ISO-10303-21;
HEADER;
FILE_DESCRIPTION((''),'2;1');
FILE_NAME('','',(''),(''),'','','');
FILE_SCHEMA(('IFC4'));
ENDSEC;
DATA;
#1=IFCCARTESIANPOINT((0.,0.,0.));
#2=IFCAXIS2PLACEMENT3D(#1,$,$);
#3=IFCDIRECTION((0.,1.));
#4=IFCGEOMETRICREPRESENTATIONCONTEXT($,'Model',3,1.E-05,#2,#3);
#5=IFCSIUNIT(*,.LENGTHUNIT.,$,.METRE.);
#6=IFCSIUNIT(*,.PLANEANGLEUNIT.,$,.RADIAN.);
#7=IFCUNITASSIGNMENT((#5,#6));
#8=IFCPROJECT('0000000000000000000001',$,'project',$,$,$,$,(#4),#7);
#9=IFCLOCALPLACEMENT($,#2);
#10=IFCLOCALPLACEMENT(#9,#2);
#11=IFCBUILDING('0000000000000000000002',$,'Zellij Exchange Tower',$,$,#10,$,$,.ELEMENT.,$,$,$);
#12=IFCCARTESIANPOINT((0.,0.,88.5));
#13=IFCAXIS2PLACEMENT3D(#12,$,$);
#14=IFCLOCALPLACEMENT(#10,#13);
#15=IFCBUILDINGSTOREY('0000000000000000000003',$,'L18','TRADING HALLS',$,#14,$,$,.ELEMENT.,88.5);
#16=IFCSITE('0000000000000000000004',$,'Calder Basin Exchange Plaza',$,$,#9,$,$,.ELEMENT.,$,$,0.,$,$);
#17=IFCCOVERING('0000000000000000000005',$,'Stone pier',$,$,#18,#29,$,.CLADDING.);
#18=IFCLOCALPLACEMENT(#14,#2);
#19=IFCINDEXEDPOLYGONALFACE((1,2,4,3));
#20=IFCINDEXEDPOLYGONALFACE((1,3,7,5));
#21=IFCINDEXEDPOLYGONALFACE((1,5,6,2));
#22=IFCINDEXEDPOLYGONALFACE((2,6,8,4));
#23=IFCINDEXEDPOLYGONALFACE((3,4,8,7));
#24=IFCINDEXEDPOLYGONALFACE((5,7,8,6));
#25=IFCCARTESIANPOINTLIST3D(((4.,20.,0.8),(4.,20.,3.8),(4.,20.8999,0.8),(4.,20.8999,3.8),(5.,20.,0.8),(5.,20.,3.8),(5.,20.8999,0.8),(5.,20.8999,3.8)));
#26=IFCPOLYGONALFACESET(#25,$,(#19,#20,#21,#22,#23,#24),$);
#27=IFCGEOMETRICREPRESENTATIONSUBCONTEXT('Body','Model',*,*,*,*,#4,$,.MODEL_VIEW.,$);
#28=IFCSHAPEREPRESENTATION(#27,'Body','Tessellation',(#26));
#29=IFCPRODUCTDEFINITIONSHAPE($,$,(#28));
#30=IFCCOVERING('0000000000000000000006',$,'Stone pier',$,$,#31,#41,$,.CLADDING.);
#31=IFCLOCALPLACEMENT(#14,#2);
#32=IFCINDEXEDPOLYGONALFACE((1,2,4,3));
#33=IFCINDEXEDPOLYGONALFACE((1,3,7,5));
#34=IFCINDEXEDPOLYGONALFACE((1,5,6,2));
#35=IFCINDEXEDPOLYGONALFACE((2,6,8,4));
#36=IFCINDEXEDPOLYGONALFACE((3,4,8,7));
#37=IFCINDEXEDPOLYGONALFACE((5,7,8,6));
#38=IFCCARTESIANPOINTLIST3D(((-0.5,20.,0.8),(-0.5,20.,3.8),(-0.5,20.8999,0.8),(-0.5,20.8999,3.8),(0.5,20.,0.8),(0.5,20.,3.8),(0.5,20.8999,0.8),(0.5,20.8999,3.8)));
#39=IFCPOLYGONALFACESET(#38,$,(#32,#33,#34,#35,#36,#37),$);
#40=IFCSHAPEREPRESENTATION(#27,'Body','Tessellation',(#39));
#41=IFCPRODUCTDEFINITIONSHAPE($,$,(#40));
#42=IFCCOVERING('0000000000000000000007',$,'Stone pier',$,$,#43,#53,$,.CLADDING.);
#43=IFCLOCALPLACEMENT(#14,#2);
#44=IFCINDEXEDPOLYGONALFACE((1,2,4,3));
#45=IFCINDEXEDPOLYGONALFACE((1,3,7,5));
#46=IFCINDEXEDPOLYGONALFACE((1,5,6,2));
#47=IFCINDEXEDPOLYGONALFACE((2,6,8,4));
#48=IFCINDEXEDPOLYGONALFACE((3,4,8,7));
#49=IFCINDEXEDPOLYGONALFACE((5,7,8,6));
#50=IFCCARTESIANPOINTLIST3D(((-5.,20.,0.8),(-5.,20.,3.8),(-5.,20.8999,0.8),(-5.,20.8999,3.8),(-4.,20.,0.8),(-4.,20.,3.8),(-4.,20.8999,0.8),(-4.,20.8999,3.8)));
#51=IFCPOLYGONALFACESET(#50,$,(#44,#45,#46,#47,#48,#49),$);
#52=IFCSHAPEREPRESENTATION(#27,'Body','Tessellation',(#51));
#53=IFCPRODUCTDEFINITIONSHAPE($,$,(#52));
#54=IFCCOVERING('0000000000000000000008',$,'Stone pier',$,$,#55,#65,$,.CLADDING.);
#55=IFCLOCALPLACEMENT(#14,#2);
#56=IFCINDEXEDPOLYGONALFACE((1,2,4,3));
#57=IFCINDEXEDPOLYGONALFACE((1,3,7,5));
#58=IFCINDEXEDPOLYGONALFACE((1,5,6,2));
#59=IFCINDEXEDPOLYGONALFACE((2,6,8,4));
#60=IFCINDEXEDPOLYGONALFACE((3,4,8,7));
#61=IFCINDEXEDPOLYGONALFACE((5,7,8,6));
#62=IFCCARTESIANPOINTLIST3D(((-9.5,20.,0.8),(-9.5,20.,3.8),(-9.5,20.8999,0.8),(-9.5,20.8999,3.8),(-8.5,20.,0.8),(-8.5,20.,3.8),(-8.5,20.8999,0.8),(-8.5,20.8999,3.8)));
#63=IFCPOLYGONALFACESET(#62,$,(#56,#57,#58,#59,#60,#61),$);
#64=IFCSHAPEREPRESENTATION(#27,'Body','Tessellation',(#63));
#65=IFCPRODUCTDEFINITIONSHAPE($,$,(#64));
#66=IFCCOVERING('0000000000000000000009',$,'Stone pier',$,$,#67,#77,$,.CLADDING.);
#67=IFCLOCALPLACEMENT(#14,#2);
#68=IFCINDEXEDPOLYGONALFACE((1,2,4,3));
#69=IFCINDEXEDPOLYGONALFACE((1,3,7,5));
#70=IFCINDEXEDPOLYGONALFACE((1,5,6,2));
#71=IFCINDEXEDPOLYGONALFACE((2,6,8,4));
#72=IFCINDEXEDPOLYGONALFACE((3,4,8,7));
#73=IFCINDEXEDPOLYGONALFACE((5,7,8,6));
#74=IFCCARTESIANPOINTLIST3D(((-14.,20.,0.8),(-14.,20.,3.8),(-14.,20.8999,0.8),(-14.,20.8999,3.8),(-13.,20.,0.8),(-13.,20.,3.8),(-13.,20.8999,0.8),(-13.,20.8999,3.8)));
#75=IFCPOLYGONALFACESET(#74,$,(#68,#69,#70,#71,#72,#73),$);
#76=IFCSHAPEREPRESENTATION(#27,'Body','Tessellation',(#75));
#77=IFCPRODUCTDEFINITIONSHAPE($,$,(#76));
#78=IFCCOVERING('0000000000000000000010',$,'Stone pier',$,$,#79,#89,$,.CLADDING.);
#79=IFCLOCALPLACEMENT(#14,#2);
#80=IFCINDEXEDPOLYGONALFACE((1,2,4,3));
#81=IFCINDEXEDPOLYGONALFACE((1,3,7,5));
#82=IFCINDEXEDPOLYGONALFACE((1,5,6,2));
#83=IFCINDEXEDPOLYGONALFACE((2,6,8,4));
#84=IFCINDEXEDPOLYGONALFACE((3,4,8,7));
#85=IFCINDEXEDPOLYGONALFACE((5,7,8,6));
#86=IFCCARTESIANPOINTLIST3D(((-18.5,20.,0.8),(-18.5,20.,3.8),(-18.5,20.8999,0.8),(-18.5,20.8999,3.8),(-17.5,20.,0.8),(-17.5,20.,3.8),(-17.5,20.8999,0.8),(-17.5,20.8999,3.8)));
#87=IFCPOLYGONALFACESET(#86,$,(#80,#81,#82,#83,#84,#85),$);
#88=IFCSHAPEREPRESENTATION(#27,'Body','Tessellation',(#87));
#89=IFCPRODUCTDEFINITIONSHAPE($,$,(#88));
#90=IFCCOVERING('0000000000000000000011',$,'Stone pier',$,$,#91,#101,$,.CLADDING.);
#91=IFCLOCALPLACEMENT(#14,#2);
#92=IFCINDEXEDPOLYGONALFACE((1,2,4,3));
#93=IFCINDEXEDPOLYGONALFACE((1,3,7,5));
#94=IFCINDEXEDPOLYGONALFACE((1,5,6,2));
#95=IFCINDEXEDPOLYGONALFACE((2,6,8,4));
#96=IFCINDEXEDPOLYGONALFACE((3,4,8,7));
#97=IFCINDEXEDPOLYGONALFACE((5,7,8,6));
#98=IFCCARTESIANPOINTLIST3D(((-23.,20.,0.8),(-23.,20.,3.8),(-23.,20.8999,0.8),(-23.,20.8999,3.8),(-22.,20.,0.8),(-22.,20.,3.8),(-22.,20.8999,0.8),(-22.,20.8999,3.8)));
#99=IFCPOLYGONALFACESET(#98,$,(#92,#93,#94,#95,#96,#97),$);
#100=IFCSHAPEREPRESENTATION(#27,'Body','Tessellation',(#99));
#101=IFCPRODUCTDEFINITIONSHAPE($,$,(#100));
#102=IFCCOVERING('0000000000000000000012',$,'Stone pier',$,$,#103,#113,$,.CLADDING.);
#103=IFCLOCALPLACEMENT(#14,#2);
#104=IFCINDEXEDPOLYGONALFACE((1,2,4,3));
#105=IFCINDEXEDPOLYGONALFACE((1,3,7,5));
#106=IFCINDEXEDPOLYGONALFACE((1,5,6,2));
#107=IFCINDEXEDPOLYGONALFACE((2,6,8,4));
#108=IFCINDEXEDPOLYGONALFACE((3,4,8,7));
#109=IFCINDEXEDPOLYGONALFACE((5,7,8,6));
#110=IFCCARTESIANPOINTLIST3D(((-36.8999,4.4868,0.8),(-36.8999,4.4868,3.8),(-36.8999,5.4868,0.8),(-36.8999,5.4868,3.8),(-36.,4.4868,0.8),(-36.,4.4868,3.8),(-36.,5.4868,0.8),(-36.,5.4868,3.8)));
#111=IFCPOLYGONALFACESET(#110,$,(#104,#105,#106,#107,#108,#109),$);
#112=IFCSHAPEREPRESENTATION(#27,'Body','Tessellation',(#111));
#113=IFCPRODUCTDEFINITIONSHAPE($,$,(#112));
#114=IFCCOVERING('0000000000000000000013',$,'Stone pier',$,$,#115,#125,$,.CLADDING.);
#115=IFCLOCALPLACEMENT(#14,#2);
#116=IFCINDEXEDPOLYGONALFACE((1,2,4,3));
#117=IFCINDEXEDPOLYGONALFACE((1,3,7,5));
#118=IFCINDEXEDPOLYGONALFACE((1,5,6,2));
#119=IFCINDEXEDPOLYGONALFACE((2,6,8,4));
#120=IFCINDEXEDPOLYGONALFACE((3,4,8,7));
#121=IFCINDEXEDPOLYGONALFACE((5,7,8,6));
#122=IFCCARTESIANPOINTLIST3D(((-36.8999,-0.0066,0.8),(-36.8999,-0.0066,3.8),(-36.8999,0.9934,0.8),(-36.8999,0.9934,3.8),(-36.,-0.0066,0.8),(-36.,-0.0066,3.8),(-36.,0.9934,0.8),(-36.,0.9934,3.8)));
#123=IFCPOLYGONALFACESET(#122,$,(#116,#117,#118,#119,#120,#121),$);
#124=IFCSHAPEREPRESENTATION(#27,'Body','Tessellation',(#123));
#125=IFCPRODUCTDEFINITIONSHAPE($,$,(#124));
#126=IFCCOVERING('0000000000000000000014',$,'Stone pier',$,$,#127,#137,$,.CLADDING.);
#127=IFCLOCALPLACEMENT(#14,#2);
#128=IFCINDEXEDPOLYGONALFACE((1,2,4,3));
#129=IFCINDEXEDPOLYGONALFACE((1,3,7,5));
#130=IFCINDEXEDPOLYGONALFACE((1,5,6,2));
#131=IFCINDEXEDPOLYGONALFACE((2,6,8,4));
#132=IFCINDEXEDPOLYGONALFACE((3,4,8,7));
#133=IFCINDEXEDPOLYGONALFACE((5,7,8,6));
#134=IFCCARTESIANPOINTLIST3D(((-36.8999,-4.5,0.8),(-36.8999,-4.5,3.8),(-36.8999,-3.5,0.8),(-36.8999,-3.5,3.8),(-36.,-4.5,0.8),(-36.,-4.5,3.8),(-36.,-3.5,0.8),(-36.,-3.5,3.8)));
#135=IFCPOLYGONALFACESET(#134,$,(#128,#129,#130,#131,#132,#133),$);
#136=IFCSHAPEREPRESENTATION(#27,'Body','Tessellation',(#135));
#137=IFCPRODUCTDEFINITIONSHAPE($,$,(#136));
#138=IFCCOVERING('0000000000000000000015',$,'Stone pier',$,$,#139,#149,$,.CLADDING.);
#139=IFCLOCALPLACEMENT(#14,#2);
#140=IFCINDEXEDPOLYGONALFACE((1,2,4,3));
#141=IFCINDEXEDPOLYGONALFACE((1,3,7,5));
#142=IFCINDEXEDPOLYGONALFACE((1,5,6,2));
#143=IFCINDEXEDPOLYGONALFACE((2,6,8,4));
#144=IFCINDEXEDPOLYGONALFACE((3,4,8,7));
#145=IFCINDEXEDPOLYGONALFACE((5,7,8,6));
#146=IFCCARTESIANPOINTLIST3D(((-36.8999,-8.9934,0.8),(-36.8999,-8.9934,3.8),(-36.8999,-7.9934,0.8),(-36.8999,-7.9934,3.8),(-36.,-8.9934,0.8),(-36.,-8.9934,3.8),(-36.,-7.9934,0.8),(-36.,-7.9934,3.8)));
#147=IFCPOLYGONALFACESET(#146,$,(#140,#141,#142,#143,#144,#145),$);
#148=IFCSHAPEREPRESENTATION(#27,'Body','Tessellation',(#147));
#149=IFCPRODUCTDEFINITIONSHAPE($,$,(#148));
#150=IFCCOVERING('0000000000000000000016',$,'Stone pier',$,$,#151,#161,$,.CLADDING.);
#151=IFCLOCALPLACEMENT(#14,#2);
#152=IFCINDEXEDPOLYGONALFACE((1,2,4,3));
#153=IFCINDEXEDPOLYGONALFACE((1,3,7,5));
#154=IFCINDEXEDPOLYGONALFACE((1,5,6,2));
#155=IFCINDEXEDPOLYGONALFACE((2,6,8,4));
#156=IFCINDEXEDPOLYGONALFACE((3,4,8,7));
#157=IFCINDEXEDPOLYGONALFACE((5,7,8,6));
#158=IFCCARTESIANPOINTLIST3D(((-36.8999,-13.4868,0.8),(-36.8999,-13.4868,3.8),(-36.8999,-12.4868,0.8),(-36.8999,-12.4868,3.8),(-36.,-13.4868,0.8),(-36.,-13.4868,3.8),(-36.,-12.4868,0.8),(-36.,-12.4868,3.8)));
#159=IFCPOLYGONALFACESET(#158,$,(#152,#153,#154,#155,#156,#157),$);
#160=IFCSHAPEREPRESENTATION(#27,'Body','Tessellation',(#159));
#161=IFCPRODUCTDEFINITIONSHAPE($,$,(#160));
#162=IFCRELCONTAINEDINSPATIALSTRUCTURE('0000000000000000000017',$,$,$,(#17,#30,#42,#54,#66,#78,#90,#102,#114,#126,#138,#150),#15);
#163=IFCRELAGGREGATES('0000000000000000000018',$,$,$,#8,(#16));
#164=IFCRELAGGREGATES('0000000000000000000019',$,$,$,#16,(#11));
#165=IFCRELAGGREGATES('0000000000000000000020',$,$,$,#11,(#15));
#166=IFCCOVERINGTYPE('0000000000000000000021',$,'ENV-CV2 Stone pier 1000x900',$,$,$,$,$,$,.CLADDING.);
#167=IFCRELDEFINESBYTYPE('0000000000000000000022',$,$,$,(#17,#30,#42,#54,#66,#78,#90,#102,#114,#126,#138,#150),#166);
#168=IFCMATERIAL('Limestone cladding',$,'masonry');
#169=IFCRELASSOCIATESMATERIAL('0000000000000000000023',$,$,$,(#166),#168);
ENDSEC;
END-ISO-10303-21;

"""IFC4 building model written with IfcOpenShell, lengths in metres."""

from ifc_helpers import new_model, si_unit, direction, frame, origin, place, context, subcontext, project, spatial, polyline, outline, extrude, material, type_object, element, save


model = new_model("IFC4")

# Units and contexts
model_context = context("Model", 3, precision=1e-05, world=origin(), true_north=direction((0.0, 1.0)))
body_context = subcontext(model_context, "Body", "Model", "MODEL_VIEW")
ifc_project = project(units=[si_unit("LENGTHUNIT", "METRE"), si_unit("PLANEANGLEUNIT", "RADIAN")], contexts=[model_context])

# Site, building, storey
site_placement = place(None, origin())
site = spatial("IfcSite", under=ifc_project, at=site_placement, Name="Calder Basin Exchange Plaza", CompositionType="ELEMENT", RefElevation=0.0)
building_placement = place(site_placement, origin())
building = spatial("IfcBuilding", under=site, at=building_placement, Name="Zellij Exchange Tower", CompositionType="ELEMENT")
storey_placement = place(building_placement, frame((0.0, 0.0, 88.5)))
storey = spatial("IfcBuildingStorey", under=building, at=storey_placement, Name="L18", Description="TRADING HALLS", CompositionType="ELEMENT", Elevation=88.5)

# Coverings
ifc_material_1 = material(Name="Limestone cladding", Category="masonry")
covering_type_1 = type_object("IfcCoveringType", Name="ENV-CV2 Stone pier 1000x900", PredefinedType="CLADDING", material=ifc_material_1)
covering_1_placement = place(storey_placement, frame((0.0, 0.0, 0.8)))
element("IfcCovering", 1, at=covering_1_placement, inside=storey, type_object=covering_type_1, Name="Stone pier", PredefinedType="CLADDING", context=body_context, shape_type="SweptSolid", body=[
    extrude(outline(polyline([(5.0, 20.0), (4.0, 20.0), (4.0, 20.8999), (5.0, 20.8999), (5.0, 20.0)])), origin(), (0.0, 0.0, 1.0), 3.0),
])
covering_2_placement = place(storey_placement, frame((0.0, 0.0, 0.8)))
element("IfcCovering", 2, at=covering_2_placement, inside=storey, type_object=covering_type_1, Name="Stone pier", PredefinedType="CLADDING", context=body_context, shape_type="SweptSolid", body=[
    extrude(outline(polyline([(0.5, 20.0), (-0.5, 20.0), (-0.5, 20.8999), (0.5, 20.8999), (0.5, 20.0)])), origin(), (0.0, 0.0, 1.0), 3.0),
])
covering_3_placement = place(storey_placement, frame((0.0, 0.0, 0.8)))
element("IfcCovering", 3, at=covering_3_placement, inside=storey, type_object=covering_type_1, Name="Stone pier", PredefinedType="CLADDING", context=body_context, shape_type="SweptSolid", body=[
    extrude(outline(polyline([(-4.0, 20.0), (-5.0, 20.0), (-5.0, 20.8999), (-4.0, 20.8999), (-4.0, 20.0)])), origin(), (0.0, 0.0, 1.0), 3.0),
])
covering_4_placement = place(storey_placement, frame((0.0, 0.0, 0.8)))
element("IfcCovering", 4, at=covering_4_placement, inside=storey, type_object=covering_type_1, Name="Stone pier", PredefinedType="CLADDING", context=body_context, shape_type="SweptSolid", body=[
    extrude(outline(polyline([(-8.5, 20.0), (-9.5, 20.0), (-9.5, 20.8999), (-8.5, 20.8999), (-8.5, 20.0)])), origin(), (0.0, 0.0, 1.0), 3.0),
])
covering_5_placement = place(storey_placement, frame((0.0, 0.0, 0.8)))
element("IfcCovering", 5, at=covering_5_placement, inside=storey, type_object=covering_type_1, Name="Stone pier", PredefinedType="CLADDING", context=body_context, shape_type="SweptSolid", body=[
    extrude(outline(polyline([(-13.0, 20.0), (-14.0, 20.0), (-14.0, 20.8999), (-13.0, 20.8999), (-13.0, 20.0)])), origin(), (0.0, 0.0, 1.0), 3.0),
])
covering_6_placement = place(storey_placement, frame((0.0, 0.0, 0.8)))
element("IfcCovering", 6, at=covering_6_placement, inside=storey, type_object=covering_type_1, Name="Stone pier", PredefinedType="CLADDING", context=body_context, shape_type="SweptSolid", body=[
    extrude(outline(polyline([(-17.5, 20.0), (-18.5, 20.0), (-18.5, 20.8999), (-17.5, 20.8999), (-17.5, 20.0)])), origin(), (0.0, 0.0, 1.0), 3.0),
])
covering_7_placement = place(storey_placement, frame((0.0, 0.0, 0.8)))
element("IfcCovering", 7, at=covering_7_placement, inside=storey, type_object=covering_type_1, Name="Stone pier", PredefinedType="CLADDING", context=body_context, shape_type="SweptSolid", body=[
    extrude(outline(polyline([(-22.0, 20.0), (-23.0, 20.0), (-23.0, 20.8999), (-22.0, 20.8999), (-22.0, 20.0)])), origin(), (0.0, 0.0, 1.0), 3.0),
])
covering_8_placement = place(storey_placement, frame((0.0, 0.0, 0.8)))
element("IfcCovering", 8, at=covering_8_placement, inside=storey, type_object=covering_type_1, Name="Stone pier", PredefinedType="CLADDING", context=body_context, shape_type="SweptSolid", body=[
    extrude(outline(polyline([(-36.0, 5.4868), (-36.0, 4.4868), (-36.8999, 4.4868), (-36.8999, 5.4868), (-36.0, 5.4868)])), origin(), (0.0, 0.0, 1.0), 3.0),
])
covering_9_placement = place(storey_placement, frame((0.0, 0.0, 0.8)))
element("IfcCovering", 9, at=covering_9_placement, inside=storey, type_object=covering_type_1, Name="Stone pier", PredefinedType="CLADDING", context=body_context, shape_type="SweptSolid", body=[
    extrude(outline(polyline([(-36.0, 0.9934), (-36.0, -0.0066), (-36.8999, -0.0066), (-36.8999, 0.9934), (-36.0, 0.9934)])), origin(), (0.0, 0.0, 1.0), 3.0),
])
covering_10_placement = place(storey_placement, frame((0.0, 0.0, 0.8)))
element("IfcCovering", 10, at=covering_10_placement, inside=storey, type_object=covering_type_1, Name="Stone pier", PredefinedType="CLADDING", context=body_context, shape_type="SweptSolid", body=[
    extrude(outline(polyline([(-36.0, -3.5), (-36.0, -4.5), (-36.8999, -4.5), (-36.8999, -3.5), (-36.0, -3.5)])), origin(), (0.0, 0.0, 1.0), 3.0),
])
covering_11_placement = place(storey_placement, frame((0.0, 0.0, 0.8)))
element("IfcCovering", 11, at=covering_11_placement, inside=storey, type_object=covering_type_1, Name="Stone pier", PredefinedType="CLADDING", context=body_context, shape_type="SweptSolid", body=[
    extrude(outline(polyline([(-36.0, -7.9934), (-36.0, -8.9934), (-36.8999, -8.9934), (-36.8999, -7.9934), (-36.0, -7.9934)])), origin(), (0.0, 0.0, 1.0), 3.0),
])
covering_12_placement = place(storey_placement, frame((0.0, 0.0, 0.8)))
element("IfcCovering", 12, at=covering_12_placement, inside=storey, type_object=covering_type_1, Name="Stone pier", PredefinedType="CLADDING", context=body_context, shape_type="SweptSolid", body=[
    extrude(outline(polyline([(-36.0, -12.4868), (-36.0, -13.4868), (-36.8999, -13.4868), (-36.8999, -12.4868), (-36.0, -12.4868)])), origin(), (0.0, 0.0, 1.0), 3.0),
])

save(model, "model.ifc")
